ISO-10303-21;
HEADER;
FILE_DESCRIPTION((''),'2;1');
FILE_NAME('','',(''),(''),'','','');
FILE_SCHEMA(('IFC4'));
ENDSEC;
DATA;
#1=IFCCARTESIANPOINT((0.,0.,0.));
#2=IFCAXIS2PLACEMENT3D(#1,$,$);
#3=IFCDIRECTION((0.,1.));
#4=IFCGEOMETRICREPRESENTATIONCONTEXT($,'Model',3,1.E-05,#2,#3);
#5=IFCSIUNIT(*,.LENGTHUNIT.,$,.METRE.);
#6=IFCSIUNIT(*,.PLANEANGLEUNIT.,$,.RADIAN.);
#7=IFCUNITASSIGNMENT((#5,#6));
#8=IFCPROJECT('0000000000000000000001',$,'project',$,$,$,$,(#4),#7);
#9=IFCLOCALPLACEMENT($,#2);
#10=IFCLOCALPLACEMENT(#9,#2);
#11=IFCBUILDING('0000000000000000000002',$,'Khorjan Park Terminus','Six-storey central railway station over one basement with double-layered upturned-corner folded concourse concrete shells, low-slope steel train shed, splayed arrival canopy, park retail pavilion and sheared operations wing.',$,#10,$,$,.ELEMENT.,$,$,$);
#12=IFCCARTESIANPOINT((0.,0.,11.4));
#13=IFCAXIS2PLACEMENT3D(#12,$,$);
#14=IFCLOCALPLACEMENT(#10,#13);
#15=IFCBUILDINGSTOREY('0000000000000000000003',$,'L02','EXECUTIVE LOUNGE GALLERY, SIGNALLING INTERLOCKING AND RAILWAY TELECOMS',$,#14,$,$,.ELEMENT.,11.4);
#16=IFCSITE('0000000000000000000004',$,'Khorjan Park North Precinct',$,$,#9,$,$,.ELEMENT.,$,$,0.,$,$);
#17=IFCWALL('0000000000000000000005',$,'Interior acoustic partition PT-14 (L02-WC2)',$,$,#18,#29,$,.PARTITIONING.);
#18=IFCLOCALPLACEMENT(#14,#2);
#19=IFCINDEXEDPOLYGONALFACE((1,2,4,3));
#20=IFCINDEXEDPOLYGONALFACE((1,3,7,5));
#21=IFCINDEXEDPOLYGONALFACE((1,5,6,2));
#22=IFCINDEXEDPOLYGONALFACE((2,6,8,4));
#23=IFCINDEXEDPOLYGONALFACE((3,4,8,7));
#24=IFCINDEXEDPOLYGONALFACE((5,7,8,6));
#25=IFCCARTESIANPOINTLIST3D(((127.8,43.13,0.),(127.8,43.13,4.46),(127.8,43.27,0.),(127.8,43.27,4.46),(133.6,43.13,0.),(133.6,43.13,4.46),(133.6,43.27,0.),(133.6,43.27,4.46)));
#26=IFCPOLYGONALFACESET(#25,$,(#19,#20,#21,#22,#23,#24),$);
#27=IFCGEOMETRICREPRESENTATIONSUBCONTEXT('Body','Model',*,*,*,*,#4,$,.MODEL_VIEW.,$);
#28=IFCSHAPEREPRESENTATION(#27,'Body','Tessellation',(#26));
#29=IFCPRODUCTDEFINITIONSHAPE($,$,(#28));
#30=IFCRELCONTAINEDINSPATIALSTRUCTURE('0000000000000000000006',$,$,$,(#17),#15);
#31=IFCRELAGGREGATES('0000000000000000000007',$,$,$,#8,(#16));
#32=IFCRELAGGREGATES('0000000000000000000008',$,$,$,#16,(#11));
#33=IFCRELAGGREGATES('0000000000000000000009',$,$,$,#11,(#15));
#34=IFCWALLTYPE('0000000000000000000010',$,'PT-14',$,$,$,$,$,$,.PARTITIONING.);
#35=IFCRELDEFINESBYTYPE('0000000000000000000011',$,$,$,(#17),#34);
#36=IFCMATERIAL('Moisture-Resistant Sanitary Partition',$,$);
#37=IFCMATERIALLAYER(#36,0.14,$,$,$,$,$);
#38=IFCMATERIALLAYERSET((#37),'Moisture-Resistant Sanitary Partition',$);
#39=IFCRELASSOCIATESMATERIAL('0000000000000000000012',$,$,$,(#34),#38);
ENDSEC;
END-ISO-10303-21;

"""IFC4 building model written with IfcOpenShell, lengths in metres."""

from ifc_helpers import new_model, si_unit, direction, frame, frame_2d, origin, place, context, subcontext, project, spatial, rectangle, extrude, material, layer, layer_set, type_object, element, save


model = new_model("IFC4")

# Units and contexts
model_context = context("Model", 3, precision=1e-05, world=origin(), true_north=direction((0.0, 1.0)))
body_context = subcontext(model_context, "Body", "Model", "MODEL_VIEW")
ifc_project = project(units=[si_unit("LENGTHUNIT", "METRE"), si_unit("PLANEANGLEUNIT", "RADIAN")], contexts=[model_context])

# Site, building, storey
site_placement = place(None, origin())
site = spatial("IfcSite", under=ifc_project, at=site_placement, Name="Khorjan Park North Precinct", CompositionType="ELEMENT", RefElevation=0.0)
building_placement = place(site_placement, origin())
building = spatial("IfcBuilding", under=site, at=building_placement, Name="Khorjan Park Terminus", Description="Six-storey central railway station over one basement with double-layered upturned-corner folded concourse concrete shells, low-slope steel train shed, splayed arrival canopy, park retail pavilion and sheared operations wing.", CompositionType="ELEMENT")
storey_placement = place(building_placement, frame((0.0, 0.0, 11.4)))
storey = spatial("IfcBuildingStorey", under=building, at=storey_placement, Name="L02", Description="EXECUTIVE LOUNGE GALLERY, SIGNALLING INTERLOCKING AND RAILWAY TELECOMS", CompositionType="ELEMENT", Elevation=11.4)

# Wall
ifc_material_1 = material(Name="Moisture-Resistant Sanitary Partition")
ifc_layer_1 = layer(ifc_material_1, 0.14)
ifc_layer_set_1 = layer_set([ifc_layer_1], Name="Moisture-Resistant Sanitary Partition")
wall_type = type_object("IfcWallType", Name="PT-14", PredefinedType="PARTITIONING", material=ifc_layer_set_1)
wall_placement = place(storey_placement, frame((133.6, 43.2, 0.0), z_axis=(0.0, 0.0, 1.0), x_axis=(-1.0, 0.0, 0.0)))
element("IfcWall", 1, at=wall_placement, inside=storey, type_object=wall_type, Name="Interior acoustic partition PT-14 (L02-WC2)", PredefinedType="PARTITIONING", context=body_context, shape_type="SweptSolid", body=[
    extrude(rectangle(XDim=5.8, YDim=0.14, at=frame_2d((2.9, 0.0))), origin(), (0.0, 0.0, 1.0), 4.46),
])

save(model, "model.ifc")
